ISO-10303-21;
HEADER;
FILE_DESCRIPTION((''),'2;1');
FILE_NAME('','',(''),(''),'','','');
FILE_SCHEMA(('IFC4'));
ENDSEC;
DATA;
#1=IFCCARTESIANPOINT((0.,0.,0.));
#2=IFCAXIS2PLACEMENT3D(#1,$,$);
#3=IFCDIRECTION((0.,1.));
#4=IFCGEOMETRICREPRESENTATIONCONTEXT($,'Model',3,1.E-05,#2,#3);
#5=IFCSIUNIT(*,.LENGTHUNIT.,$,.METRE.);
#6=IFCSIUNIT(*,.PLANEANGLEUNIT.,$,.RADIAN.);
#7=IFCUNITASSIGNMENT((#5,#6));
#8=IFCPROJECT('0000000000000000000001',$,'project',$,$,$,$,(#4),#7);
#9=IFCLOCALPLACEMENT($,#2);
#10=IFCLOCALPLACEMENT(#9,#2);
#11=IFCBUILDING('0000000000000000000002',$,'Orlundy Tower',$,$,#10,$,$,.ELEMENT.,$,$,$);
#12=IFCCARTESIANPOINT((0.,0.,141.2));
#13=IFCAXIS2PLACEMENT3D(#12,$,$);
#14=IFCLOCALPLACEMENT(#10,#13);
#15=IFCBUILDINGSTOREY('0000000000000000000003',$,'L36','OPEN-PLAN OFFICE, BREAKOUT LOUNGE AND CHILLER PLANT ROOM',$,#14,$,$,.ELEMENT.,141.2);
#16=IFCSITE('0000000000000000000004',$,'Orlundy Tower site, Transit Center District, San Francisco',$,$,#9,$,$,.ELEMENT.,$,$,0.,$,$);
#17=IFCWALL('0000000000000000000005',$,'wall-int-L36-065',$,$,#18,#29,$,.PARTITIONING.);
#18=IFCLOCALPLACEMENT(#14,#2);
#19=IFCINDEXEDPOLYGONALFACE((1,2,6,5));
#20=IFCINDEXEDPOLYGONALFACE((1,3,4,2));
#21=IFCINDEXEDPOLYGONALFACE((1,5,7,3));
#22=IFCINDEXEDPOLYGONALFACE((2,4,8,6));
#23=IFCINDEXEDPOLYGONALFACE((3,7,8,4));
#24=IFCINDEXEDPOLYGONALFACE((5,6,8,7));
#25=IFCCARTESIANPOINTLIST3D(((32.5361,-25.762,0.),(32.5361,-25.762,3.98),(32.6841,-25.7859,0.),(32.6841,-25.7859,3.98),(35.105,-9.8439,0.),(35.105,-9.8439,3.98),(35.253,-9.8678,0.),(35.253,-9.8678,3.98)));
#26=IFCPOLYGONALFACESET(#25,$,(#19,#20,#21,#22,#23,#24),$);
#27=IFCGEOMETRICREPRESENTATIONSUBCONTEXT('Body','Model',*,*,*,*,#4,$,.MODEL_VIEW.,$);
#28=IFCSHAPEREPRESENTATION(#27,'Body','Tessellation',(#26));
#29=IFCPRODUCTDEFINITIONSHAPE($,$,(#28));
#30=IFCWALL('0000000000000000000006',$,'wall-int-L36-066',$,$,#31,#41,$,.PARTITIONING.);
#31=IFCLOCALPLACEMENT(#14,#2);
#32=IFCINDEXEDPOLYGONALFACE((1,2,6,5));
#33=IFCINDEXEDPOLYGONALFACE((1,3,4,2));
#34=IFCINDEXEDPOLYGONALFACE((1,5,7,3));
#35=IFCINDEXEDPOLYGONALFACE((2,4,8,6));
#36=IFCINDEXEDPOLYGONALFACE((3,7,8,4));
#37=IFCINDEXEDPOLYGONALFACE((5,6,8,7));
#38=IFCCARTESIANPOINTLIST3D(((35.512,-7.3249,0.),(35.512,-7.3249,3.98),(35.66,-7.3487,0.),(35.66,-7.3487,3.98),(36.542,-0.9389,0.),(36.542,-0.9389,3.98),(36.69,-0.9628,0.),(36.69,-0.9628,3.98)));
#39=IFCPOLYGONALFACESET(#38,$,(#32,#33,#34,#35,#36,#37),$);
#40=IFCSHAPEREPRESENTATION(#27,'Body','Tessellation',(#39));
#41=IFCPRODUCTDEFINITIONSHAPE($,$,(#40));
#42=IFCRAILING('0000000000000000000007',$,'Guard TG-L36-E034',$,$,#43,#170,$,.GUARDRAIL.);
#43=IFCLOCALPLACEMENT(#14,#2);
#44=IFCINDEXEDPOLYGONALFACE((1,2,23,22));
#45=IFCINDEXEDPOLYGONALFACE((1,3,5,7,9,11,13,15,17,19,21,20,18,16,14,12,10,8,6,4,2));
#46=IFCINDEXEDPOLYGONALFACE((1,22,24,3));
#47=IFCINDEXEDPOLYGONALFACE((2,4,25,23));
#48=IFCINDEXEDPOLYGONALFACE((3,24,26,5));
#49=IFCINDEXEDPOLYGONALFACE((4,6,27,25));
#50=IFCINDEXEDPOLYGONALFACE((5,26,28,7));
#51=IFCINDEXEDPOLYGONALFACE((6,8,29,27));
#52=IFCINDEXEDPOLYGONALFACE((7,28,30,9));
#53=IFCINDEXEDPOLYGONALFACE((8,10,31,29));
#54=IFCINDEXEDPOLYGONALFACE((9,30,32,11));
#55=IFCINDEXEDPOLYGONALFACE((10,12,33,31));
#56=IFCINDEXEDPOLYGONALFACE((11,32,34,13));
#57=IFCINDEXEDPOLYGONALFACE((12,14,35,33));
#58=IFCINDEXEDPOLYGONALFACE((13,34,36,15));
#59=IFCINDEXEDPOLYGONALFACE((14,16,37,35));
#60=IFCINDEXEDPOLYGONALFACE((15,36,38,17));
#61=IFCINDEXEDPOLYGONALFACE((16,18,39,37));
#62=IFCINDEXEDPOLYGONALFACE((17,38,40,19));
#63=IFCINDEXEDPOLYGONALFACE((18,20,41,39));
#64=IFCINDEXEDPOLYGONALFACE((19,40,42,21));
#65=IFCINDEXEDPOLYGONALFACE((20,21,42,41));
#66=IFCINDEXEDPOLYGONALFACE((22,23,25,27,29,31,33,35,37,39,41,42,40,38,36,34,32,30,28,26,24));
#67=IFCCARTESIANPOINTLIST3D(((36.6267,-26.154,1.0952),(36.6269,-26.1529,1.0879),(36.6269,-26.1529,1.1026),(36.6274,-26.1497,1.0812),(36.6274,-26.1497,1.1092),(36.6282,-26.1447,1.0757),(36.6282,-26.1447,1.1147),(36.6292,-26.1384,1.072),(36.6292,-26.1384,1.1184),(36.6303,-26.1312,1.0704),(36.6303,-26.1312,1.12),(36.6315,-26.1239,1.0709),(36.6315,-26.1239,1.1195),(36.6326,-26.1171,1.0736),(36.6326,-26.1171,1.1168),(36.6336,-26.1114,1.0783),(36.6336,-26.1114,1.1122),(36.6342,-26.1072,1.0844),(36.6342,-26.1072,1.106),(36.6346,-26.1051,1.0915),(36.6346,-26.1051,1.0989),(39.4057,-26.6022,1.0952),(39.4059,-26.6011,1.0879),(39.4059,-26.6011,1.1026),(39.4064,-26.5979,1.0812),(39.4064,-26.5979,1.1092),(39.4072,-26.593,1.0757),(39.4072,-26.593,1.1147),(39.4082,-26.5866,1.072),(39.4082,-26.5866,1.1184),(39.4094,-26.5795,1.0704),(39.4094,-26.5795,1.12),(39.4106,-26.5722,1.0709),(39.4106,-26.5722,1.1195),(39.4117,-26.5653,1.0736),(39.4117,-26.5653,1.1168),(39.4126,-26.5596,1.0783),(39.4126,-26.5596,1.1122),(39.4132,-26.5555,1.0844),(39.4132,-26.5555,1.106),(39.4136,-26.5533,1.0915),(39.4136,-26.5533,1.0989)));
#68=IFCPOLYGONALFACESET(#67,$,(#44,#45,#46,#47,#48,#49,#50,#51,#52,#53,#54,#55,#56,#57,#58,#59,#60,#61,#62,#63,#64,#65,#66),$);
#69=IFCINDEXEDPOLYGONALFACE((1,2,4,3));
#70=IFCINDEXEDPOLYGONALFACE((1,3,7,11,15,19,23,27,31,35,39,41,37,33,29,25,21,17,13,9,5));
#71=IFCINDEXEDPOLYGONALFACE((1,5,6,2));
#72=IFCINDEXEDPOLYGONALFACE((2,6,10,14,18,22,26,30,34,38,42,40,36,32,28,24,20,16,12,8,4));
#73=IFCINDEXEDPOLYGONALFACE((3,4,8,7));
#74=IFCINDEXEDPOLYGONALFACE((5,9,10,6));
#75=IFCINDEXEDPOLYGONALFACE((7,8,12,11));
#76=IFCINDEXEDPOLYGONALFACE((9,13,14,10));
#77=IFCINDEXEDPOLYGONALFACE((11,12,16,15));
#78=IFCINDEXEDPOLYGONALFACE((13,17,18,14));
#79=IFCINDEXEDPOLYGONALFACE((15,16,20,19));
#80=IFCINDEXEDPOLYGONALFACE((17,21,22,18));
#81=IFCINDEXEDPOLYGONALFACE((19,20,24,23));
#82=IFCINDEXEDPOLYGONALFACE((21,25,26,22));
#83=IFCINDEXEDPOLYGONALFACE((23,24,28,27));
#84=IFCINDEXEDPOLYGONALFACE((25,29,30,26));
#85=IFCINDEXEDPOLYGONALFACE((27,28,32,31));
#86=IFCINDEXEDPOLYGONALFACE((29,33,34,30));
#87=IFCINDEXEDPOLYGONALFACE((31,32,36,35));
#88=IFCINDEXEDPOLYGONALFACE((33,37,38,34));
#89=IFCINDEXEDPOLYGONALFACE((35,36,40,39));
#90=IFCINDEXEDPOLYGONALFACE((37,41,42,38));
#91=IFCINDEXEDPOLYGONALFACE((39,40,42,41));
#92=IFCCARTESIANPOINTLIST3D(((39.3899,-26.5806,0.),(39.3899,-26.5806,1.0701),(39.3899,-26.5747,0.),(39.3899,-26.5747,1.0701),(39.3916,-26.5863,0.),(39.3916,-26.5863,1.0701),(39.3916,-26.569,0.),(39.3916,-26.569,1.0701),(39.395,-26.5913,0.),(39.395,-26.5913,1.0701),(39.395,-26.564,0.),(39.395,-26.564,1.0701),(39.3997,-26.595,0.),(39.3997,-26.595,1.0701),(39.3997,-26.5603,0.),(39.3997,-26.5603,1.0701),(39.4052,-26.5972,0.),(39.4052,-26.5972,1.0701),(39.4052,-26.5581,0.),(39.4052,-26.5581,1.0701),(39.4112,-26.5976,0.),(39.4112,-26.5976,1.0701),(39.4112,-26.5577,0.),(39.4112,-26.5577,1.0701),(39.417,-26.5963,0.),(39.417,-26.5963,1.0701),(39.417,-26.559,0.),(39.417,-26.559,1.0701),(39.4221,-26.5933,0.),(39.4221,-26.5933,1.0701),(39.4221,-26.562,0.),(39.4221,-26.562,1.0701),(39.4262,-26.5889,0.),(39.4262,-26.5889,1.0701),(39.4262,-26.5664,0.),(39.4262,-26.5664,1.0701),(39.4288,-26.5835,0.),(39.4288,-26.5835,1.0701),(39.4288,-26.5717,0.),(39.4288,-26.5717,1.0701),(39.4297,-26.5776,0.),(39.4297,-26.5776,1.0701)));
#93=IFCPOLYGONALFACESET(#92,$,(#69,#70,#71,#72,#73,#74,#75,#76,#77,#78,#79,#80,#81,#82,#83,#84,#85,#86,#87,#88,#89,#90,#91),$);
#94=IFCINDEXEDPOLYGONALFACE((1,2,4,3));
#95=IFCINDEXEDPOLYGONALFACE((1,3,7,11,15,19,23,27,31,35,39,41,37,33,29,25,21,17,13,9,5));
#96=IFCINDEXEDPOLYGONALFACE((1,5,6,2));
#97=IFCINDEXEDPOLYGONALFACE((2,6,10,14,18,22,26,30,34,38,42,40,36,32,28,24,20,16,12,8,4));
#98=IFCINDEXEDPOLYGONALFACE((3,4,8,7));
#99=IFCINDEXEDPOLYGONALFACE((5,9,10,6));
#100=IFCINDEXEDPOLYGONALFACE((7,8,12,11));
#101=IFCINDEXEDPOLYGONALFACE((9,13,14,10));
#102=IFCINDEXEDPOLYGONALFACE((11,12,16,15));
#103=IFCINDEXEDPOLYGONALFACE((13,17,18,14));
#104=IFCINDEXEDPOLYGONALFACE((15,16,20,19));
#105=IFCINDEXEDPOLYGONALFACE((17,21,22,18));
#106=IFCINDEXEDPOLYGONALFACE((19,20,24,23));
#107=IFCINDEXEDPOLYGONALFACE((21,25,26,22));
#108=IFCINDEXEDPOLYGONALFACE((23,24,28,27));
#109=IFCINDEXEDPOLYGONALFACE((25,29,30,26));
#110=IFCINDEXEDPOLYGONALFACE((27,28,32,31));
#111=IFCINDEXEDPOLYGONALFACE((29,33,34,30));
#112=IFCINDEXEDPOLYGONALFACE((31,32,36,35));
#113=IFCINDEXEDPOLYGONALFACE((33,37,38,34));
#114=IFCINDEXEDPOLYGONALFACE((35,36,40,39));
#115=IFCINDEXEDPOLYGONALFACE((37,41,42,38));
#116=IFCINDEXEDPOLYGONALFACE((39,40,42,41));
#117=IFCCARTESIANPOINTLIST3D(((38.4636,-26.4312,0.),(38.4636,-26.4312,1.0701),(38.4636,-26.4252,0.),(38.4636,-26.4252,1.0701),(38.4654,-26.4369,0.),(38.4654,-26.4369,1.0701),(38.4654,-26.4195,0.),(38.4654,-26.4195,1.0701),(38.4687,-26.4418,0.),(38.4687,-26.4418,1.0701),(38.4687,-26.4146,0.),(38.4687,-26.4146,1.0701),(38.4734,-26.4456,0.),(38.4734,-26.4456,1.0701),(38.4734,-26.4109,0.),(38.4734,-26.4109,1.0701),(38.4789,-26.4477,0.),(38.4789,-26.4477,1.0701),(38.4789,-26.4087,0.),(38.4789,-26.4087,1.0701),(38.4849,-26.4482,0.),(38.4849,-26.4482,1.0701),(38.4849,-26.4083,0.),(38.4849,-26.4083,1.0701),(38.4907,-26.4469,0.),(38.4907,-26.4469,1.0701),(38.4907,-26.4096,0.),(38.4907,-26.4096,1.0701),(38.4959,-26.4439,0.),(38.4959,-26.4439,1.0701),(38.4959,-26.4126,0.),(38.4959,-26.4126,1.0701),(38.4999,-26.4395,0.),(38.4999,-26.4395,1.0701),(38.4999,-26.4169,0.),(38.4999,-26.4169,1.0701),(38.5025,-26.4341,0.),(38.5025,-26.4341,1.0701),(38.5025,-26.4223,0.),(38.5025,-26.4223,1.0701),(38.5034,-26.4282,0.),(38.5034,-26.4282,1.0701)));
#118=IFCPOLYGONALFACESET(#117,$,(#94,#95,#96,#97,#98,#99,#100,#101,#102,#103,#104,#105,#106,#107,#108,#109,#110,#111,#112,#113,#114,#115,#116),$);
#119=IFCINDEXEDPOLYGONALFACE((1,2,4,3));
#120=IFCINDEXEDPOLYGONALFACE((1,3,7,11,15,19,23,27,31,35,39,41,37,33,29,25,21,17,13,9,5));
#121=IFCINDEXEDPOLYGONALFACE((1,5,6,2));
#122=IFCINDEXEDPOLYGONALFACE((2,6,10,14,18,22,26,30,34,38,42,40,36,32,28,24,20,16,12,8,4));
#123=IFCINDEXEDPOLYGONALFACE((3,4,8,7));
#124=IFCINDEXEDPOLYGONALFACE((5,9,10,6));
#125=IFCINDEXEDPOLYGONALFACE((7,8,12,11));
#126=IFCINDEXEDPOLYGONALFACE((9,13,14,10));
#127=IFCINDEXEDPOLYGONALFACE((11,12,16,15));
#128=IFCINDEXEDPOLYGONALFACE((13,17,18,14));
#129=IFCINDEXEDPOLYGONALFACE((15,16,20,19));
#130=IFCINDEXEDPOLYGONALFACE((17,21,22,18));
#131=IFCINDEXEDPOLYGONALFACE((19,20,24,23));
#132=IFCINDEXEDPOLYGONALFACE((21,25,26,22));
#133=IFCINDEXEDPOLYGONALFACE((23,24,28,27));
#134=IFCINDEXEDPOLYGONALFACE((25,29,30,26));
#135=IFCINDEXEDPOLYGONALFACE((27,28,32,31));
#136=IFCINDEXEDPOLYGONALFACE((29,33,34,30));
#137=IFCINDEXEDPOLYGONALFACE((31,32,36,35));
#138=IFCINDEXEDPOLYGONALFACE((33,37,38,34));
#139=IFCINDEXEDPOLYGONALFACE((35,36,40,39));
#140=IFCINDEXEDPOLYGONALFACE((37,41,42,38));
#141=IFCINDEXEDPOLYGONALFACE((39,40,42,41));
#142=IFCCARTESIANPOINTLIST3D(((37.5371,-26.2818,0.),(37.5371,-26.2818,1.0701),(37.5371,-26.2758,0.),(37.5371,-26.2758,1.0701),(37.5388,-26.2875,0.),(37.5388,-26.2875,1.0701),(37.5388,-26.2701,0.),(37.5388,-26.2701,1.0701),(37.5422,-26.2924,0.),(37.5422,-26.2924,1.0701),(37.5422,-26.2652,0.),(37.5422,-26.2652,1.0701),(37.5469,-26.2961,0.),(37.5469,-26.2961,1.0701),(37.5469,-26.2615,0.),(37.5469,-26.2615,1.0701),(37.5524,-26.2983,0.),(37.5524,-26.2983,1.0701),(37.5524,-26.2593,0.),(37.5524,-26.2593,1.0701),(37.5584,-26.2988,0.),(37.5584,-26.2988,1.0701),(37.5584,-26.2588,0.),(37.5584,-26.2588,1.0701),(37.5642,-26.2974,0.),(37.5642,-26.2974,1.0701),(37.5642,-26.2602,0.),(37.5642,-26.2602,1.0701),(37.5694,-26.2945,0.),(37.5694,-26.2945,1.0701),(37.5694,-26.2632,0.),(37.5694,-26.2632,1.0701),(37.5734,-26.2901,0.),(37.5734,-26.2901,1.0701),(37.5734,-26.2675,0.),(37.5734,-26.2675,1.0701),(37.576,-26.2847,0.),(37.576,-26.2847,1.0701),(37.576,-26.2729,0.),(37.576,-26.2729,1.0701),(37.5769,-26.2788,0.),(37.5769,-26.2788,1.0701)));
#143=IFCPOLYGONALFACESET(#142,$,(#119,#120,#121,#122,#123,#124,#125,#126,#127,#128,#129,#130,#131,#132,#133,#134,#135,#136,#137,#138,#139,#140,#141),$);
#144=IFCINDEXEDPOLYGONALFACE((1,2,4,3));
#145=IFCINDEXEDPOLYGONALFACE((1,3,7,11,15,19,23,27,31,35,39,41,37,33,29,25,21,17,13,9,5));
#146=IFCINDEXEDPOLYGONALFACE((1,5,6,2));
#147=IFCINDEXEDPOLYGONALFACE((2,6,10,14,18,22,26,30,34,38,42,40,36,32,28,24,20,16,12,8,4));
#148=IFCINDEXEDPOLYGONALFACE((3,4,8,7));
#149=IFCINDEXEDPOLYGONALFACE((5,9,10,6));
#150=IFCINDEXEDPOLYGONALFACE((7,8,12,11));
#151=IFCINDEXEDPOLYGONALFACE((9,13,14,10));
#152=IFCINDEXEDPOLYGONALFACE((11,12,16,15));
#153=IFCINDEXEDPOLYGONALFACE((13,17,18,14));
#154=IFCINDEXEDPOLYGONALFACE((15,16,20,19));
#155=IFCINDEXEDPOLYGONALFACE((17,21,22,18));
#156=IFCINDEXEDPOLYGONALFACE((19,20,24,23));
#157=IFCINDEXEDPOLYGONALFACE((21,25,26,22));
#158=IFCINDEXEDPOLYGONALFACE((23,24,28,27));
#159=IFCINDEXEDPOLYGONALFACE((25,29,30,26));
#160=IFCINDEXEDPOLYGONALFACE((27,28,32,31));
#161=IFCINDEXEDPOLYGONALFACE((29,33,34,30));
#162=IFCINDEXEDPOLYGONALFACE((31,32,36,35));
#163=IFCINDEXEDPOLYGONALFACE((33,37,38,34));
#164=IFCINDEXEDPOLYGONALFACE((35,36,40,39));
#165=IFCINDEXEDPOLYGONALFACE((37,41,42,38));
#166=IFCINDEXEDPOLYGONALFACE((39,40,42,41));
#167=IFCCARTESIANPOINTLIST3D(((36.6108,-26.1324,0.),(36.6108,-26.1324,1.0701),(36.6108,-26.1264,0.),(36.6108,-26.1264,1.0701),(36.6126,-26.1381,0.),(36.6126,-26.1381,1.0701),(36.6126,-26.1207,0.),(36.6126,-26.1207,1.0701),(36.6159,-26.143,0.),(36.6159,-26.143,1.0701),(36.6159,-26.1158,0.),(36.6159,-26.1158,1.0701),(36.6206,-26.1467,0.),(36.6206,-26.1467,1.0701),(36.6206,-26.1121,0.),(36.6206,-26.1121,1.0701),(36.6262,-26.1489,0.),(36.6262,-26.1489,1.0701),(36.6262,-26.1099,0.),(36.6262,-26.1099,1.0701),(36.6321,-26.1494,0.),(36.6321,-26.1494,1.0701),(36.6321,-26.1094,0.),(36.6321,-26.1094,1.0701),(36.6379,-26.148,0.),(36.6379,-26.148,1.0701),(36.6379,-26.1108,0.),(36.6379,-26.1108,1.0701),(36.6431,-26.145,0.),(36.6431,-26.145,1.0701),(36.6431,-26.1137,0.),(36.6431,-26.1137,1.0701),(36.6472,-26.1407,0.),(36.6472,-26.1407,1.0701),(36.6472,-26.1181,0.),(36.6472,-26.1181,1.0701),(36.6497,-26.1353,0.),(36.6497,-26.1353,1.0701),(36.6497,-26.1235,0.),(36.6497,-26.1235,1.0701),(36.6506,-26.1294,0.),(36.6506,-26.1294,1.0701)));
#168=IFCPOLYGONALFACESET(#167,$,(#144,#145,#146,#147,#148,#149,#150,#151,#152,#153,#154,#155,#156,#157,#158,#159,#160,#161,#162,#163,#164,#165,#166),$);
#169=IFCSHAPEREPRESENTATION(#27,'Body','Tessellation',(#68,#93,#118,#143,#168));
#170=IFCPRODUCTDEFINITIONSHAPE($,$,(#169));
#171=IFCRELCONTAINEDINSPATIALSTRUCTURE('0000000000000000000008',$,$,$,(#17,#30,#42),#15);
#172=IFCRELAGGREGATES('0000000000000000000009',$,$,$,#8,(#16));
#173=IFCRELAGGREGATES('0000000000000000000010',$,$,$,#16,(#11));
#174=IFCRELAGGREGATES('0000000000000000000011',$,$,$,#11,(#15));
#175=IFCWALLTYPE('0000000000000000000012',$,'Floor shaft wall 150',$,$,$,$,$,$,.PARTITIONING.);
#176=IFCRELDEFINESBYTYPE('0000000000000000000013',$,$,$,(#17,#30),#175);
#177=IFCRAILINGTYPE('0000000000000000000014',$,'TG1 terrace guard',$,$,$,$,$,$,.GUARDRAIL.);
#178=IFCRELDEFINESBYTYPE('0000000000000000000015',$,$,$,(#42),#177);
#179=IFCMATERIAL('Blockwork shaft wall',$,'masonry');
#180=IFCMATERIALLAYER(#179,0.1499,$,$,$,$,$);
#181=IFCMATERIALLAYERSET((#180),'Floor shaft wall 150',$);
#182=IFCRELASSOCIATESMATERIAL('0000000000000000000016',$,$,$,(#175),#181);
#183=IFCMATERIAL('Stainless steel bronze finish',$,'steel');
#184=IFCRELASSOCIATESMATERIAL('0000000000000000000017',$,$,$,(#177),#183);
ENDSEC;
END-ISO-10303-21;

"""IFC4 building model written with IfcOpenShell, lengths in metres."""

from ifc_helpers import new_model, si_unit, direction, frame, frame_2d, origin, origin_2d, place, context, subcontext, project, spatial, rectangle, circle, extrude, material, layer, layer_set, type_object, element, save


model = new_model("IFC4")

# Units and contexts
model_context = context("Model", 3, precision=1e-05, world=origin(), true_north=direction((0.0, 1.0)))
body_context = subcontext(model_context, "Body", "Model", "MODEL_VIEW")
ifc_project = project(units=[si_unit("LENGTHUNIT", "METRE"), si_unit("PLANEANGLEUNIT", "RADIAN")], contexts=[model_context])

# Site, building, storey
site_placement = place(None, origin())
site = spatial("IfcSite", under=ifc_project, at=site_placement, Name="Orlundy Tower site, Transit Center District, San Francisco", CompositionType="ELEMENT", RefElevation=0.0)
building_placement = place(site_placement, origin())
building = spatial("IfcBuilding", under=site, at=building_placement, Name="Orlundy Tower", CompositionType="ELEMENT")
storey_placement = place(building_placement, frame((0.0, 0.0, 141.2)))
storey = spatial("IfcBuildingStorey", under=building, at=storey_placement, Name="L36", Description="OPEN-PLAN OFFICE, BREAKOUT LOUNGE AND CHILLER PLANT ROOM", CompositionType="ELEMENT", Elevation=141.2)

# Shared definitions
ifc_material_1 = material(Name="Blockwork shaft wall", Category="masonry")
ifc_layer = layer(ifc_material_1, 0.1499)
ifc_layer_set = layer_set([ifc_layer], Name="Floor shaft wall 150")
wall_type = type_object("IfcWallType", Name="Floor shaft wall 150", PredefinedType="PARTITIONING", material=ifc_layer_set)

# Walls
wall_1_placement = place(storey_placement, frame((32.6101, -25.7739, 0.0), z_axis=(0.0, 0.0, 1.0), x_axis=(0.159319, 0.987227, 0.0)))
element("IfcWall", 1, at=wall_1_placement, inside=storey, type_object=wall_type, Name="wall-int-L36-065", PredefinedType="PARTITIONING", context=body_context, shape_type="SweptSolid", body=[
    extrude(rectangle(XDim=16.124, YDim=0.1499, at=frame_2d((8.062, 0.0))), origin(), (0.0, 0.0, 1.0), 3.98),
])
wall_2_placement = place(storey_placement, frame((35.5859, -7.3369, 0.0), z_axis=(0.0, 0.0, 1.0), x_axis=(0.159237, 0.98724, 0.0)))
element("IfcWall", 2, at=wall_2_placement, inside=storey, type_object=wall_type, Name="wall-int-L36-066", PredefinedType="PARTITIONING", context=body_context, shape_type="SweptSolid", body=[
    extrude(rectangle(XDim=6.4685, YDim=0.1499, at=frame_2d((3.2344, 0.0))), origin(), (0.0, 0.0, 1.0), 3.98),
])

# Railing
ifc_material_2 = material(Name="Stainless steel bronze finish", Category="steel")
railing_type = type_object("IfcRailingType", Name="TG1 terrace guard", PredefinedType="GUARDRAIL", material=ifc_material_2)
railing_1_placement = place(storey_placement, frame((39.4097, -26.5776, 0.0)))
element("IfcRailing", 3, at=railing_1_placement, inside=storey, type_object=railing_type, Name="Guard TG-L36-E034", PredefinedType="GUARDRAIL", context=body_context, shape_type="SweptSolid", body=[
    extrude(circle(Radius=0.0249, at=origin_2d()), frame((0.0, 0.0, 1.0952), z_axis=(-0.987241, 0.159235, 0.0), x_axis=(-0.159235, -0.987241, 0.0)), (0.0, 0.0, 1.0), 2.8149),
    extrude(circle(Radius=0.02, at=origin_2d()), origin(), (0.0, 0.0, 1.0), 1.0701),
    extrude(circle(Radius=0.02, at=origin_2d()), frame((-0.9263, 0.1494, 0.0)), (0.0, 0.0, 1.0), 1.0701),
    extrude(circle(Radius=0.02, at=origin_2d()), frame((-1.8528, 0.2988, 0.0)), (0.0, 0.0, 1.0), 1.0701),
    extrude(circle(Radius=0.02, at=origin_2d()), frame((-2.7791, 0.4482, 0.0)), (0.0, 0.0, 1.0), 1.0701),
])

save(model, "model.ifc")
